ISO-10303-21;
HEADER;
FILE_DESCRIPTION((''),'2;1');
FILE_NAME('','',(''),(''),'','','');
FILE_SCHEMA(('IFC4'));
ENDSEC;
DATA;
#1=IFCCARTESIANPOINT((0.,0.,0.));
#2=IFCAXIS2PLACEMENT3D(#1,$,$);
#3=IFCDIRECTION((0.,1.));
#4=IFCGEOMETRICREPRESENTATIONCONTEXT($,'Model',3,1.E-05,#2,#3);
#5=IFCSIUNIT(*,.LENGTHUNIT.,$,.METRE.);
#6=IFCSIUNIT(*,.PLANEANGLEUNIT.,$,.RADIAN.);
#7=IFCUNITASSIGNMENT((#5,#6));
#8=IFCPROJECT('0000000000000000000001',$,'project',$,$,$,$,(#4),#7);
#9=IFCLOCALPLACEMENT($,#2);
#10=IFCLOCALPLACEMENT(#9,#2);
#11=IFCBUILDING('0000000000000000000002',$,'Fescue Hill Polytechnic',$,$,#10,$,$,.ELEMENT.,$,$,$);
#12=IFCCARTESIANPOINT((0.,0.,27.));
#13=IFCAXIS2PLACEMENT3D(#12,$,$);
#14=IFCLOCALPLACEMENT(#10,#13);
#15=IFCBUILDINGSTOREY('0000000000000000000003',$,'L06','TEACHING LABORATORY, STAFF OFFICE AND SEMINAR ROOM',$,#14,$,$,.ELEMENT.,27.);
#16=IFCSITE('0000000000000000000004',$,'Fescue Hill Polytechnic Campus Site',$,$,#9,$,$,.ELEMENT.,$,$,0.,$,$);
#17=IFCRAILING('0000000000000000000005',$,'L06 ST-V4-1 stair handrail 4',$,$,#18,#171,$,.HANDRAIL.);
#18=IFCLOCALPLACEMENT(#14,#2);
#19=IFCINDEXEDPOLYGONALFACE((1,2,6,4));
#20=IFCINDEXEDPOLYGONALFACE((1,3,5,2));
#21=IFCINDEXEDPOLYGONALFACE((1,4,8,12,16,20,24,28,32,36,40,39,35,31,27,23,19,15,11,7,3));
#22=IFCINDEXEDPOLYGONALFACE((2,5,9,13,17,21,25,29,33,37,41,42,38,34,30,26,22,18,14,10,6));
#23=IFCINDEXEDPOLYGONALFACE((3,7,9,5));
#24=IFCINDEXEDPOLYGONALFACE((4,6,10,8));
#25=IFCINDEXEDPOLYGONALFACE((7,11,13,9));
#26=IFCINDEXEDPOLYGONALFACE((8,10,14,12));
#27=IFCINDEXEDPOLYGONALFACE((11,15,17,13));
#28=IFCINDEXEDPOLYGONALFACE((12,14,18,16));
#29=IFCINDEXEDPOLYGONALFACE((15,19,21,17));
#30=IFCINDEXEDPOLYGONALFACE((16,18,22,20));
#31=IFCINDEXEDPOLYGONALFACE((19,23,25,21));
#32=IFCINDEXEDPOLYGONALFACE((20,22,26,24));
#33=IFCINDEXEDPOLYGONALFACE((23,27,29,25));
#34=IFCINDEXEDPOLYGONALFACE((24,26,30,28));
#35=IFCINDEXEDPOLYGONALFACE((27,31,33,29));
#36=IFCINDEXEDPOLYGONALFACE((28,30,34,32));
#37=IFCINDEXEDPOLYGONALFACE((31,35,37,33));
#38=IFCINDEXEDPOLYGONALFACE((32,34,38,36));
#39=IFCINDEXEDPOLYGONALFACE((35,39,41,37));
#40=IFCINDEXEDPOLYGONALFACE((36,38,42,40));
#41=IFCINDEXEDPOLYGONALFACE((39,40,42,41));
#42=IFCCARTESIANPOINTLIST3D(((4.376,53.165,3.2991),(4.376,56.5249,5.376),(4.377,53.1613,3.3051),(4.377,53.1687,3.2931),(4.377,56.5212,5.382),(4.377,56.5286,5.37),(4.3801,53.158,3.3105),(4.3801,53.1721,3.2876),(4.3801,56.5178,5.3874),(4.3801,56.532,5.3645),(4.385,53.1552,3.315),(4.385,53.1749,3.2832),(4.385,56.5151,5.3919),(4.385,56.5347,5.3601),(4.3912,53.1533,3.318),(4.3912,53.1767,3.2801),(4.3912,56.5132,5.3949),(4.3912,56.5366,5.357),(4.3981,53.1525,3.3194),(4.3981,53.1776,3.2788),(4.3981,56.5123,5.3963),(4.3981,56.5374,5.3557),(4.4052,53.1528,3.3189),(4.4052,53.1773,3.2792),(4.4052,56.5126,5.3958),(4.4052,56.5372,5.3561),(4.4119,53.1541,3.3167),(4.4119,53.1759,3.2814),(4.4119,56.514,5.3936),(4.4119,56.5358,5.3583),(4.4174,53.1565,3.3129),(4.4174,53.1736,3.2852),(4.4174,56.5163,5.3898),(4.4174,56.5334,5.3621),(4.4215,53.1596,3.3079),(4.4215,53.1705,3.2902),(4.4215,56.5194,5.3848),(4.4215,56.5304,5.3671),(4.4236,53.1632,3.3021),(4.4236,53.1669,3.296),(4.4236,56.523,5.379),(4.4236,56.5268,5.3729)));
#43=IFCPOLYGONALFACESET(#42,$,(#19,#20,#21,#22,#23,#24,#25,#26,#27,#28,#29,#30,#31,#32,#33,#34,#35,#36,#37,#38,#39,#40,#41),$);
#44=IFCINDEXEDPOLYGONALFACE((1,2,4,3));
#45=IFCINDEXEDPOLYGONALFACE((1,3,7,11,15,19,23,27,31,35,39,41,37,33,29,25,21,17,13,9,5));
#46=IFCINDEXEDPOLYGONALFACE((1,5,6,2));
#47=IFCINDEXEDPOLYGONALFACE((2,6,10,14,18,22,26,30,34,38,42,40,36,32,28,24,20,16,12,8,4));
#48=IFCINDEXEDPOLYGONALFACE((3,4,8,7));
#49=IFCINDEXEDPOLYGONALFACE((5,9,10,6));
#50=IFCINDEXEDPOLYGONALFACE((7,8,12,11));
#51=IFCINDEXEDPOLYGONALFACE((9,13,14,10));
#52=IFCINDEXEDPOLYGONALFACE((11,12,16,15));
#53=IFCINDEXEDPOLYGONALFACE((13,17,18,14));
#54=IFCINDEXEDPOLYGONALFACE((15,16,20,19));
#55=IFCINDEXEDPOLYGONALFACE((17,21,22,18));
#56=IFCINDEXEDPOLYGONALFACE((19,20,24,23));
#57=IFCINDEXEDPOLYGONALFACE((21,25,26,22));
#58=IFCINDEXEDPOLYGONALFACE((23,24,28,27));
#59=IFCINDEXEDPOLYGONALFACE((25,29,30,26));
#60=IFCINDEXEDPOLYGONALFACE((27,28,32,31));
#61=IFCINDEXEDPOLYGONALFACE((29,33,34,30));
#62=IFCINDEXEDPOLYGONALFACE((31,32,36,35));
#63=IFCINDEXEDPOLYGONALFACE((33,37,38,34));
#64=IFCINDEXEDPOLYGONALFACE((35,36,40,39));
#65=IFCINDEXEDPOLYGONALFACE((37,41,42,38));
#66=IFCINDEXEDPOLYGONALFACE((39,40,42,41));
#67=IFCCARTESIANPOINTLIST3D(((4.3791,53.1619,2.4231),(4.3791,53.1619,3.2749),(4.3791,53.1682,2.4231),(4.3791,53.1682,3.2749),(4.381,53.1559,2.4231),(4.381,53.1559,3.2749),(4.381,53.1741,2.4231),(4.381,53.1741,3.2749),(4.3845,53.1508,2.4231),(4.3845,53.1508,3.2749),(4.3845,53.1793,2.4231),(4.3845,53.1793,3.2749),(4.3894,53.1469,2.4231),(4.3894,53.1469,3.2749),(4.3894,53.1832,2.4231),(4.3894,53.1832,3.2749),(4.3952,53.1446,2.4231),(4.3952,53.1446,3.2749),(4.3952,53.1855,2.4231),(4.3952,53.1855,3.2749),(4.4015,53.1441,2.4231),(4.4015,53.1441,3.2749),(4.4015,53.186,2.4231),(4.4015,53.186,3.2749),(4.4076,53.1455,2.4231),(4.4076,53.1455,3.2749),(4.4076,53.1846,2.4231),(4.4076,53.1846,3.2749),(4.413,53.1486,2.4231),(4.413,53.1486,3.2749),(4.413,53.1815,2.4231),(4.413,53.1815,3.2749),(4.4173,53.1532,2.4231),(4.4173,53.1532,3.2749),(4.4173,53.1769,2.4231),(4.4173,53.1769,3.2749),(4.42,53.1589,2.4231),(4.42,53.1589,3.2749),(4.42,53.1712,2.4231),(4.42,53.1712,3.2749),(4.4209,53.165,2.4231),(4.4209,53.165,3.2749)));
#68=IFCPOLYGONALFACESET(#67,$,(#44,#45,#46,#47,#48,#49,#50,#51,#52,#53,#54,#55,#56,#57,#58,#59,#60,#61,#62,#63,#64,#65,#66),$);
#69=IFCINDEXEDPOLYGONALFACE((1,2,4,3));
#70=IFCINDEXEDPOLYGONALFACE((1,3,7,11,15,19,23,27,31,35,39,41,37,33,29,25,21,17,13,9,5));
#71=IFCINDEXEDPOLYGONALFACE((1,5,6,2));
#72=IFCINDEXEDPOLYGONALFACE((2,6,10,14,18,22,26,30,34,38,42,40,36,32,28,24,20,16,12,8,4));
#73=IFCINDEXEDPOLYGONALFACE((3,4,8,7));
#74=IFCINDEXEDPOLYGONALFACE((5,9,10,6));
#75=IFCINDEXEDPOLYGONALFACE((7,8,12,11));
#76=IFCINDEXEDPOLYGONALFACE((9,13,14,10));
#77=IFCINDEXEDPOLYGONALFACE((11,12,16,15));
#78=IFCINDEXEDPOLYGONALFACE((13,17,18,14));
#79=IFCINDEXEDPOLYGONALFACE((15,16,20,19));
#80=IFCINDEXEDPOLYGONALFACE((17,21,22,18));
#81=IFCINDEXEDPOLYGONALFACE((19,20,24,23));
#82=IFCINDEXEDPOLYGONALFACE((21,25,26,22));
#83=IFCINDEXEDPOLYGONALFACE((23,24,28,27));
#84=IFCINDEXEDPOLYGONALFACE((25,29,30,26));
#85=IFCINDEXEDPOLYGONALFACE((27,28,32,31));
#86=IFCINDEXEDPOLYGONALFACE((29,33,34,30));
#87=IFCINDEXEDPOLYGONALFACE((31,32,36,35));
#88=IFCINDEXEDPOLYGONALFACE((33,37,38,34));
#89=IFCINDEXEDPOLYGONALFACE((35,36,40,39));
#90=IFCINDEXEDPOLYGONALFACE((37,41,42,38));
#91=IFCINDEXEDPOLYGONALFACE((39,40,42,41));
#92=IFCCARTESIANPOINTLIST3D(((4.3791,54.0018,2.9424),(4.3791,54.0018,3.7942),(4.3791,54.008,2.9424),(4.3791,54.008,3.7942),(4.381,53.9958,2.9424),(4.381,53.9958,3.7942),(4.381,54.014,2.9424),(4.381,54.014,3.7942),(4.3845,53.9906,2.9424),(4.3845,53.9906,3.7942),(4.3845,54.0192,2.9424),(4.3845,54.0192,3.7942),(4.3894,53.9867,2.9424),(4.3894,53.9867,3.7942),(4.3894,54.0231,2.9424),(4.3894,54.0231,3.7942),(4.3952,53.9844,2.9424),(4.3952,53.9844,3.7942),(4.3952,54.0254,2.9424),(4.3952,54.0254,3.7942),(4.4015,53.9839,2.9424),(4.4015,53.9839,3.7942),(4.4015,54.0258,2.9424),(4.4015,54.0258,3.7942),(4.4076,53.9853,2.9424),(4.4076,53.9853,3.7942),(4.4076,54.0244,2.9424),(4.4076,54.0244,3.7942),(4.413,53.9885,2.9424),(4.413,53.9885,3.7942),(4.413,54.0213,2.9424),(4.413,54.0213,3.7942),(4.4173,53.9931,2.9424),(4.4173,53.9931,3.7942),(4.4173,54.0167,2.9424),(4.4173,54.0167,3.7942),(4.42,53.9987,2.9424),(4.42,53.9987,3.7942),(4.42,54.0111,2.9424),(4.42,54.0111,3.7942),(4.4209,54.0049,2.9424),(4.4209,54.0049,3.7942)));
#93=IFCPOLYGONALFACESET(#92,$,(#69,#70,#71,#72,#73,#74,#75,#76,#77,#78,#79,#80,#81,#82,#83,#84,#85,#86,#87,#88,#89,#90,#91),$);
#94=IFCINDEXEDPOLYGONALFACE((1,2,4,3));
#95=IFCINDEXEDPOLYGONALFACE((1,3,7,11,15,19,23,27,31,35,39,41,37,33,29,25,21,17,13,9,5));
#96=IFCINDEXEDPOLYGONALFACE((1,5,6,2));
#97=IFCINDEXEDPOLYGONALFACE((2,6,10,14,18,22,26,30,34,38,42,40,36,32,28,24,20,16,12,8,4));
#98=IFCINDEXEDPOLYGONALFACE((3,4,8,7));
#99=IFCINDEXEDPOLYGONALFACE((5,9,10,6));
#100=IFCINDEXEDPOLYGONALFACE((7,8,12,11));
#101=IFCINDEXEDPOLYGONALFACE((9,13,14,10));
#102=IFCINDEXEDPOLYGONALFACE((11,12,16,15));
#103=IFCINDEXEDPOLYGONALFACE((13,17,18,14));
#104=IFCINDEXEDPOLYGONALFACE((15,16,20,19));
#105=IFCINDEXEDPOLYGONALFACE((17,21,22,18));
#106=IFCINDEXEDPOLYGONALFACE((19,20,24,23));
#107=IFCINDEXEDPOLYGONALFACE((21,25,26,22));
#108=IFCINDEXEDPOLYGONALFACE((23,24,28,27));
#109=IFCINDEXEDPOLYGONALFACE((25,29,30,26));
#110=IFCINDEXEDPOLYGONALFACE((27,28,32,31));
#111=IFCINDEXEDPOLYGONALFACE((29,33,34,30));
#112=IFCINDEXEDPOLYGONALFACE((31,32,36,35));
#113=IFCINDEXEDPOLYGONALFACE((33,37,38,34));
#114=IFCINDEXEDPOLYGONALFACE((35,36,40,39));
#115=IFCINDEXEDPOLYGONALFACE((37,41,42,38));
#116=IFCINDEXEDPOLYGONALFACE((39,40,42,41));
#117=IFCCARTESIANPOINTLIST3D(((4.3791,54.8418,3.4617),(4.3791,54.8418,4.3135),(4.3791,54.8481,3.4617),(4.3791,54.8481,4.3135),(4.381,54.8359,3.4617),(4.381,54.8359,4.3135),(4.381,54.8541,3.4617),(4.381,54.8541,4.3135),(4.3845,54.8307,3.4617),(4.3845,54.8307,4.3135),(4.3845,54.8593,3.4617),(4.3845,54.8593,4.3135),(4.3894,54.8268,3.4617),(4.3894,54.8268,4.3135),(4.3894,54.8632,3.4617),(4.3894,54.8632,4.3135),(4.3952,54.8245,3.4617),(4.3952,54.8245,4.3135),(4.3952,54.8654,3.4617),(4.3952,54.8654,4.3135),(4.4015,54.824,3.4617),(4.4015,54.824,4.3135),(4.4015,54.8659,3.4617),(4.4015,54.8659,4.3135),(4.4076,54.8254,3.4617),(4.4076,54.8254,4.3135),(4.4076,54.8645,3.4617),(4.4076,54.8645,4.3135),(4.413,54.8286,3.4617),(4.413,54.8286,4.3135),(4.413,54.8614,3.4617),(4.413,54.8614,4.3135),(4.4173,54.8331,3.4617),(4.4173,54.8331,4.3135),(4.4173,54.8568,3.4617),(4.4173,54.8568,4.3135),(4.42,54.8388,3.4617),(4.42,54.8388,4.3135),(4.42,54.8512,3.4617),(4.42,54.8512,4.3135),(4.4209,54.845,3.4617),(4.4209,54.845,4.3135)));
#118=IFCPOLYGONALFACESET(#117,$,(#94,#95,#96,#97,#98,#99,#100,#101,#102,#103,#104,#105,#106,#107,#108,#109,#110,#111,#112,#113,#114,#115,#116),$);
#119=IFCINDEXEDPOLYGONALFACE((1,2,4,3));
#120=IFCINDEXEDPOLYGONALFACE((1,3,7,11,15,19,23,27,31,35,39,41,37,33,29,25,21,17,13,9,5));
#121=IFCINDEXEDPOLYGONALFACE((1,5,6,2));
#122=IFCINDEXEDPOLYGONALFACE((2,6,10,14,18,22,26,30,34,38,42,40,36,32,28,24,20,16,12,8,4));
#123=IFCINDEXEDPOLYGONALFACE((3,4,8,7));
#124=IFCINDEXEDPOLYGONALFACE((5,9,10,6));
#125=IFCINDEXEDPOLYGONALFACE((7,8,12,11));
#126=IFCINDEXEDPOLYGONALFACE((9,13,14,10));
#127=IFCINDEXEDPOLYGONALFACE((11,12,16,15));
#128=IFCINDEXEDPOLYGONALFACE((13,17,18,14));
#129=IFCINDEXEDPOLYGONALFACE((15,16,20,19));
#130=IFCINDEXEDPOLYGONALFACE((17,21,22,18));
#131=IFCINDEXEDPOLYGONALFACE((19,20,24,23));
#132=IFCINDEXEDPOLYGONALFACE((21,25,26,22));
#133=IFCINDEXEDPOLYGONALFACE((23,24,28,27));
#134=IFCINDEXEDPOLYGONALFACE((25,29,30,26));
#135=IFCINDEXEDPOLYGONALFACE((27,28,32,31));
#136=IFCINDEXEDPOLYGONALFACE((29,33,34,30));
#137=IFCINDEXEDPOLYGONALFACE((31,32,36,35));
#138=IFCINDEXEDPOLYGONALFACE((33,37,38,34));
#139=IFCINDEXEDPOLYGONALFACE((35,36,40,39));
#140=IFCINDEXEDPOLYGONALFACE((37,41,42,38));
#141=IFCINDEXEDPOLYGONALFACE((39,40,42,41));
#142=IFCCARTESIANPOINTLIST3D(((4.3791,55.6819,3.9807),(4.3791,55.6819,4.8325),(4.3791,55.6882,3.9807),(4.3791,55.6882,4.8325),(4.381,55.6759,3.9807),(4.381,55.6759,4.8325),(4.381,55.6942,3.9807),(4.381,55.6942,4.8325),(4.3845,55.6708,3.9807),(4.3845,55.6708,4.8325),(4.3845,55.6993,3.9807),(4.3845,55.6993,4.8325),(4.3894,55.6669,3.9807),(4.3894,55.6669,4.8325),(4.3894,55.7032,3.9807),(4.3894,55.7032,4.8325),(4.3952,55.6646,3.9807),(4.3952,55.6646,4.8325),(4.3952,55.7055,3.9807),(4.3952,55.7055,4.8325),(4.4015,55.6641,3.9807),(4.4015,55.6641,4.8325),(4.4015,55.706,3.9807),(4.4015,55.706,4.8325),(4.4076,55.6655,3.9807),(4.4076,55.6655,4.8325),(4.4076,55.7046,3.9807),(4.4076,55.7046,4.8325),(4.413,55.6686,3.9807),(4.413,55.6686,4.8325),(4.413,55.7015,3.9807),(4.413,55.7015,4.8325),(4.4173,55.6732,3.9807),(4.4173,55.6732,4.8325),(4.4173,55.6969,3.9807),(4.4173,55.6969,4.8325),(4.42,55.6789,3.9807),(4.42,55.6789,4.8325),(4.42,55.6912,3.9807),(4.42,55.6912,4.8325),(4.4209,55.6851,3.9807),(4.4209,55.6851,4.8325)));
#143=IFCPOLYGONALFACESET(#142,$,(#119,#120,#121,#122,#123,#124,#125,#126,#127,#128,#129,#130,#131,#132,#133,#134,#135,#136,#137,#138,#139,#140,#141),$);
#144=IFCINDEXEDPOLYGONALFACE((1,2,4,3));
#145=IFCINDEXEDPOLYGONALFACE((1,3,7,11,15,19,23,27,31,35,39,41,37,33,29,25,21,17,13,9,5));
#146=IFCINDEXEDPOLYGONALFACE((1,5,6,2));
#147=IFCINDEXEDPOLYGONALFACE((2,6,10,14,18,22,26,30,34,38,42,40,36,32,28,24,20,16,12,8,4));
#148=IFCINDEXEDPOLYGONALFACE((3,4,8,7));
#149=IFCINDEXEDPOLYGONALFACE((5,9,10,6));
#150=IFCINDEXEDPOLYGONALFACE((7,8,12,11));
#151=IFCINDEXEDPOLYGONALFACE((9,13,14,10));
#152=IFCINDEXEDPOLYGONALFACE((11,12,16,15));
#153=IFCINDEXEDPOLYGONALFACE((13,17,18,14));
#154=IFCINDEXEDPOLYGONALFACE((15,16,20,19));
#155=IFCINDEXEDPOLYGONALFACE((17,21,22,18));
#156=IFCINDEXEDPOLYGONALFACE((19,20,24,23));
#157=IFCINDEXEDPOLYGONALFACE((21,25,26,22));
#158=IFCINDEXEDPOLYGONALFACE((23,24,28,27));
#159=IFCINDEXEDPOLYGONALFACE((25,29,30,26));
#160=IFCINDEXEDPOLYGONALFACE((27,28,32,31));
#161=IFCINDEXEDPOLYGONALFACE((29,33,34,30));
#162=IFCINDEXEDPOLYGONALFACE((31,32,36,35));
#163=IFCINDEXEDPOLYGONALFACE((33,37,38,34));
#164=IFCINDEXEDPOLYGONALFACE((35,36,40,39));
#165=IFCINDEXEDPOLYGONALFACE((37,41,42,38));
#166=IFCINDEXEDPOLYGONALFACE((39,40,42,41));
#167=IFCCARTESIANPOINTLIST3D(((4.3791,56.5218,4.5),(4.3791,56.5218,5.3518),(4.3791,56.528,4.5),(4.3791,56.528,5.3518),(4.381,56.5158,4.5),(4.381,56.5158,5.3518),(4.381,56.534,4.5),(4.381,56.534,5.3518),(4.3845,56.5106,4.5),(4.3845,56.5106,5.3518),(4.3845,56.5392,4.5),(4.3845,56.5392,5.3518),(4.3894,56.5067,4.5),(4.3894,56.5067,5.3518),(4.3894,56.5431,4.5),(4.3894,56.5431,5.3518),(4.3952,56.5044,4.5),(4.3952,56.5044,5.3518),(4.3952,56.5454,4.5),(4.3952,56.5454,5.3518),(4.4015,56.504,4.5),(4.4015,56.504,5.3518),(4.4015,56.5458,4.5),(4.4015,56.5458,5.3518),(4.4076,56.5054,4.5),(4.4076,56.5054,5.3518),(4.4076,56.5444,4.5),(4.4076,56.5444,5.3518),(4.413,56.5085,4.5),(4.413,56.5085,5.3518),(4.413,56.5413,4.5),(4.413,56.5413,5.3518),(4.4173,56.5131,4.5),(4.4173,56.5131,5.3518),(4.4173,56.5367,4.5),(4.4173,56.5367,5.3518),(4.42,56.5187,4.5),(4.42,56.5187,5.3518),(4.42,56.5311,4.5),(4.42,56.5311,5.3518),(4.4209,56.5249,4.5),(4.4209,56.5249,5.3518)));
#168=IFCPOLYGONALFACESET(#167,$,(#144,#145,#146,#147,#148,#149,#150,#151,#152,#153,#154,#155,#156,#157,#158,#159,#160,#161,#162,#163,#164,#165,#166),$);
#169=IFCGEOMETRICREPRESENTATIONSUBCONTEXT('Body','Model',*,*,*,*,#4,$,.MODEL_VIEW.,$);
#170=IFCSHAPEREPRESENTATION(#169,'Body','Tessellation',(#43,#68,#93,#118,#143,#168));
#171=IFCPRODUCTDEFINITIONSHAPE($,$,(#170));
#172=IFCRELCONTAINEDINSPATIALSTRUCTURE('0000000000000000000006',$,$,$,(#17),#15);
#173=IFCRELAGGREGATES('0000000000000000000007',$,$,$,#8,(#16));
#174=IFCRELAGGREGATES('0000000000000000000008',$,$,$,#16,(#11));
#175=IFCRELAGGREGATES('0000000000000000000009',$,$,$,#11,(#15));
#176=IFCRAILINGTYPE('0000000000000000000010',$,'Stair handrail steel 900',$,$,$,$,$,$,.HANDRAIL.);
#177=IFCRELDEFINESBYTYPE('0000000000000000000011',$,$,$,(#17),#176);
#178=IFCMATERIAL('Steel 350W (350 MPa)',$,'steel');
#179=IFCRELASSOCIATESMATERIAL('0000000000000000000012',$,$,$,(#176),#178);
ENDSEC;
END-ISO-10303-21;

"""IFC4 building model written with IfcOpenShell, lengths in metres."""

from ifc_helpers import new_model, si_unit, direction, frame, origin, origin_2d, place, context, subcontext, project, spatial, circle, extrude, material, type_object, element, save


model = new_model("IFC4")

# Units and contexts
model_context = context("Model", 3, precision=1e-05, world=origin(), true_north=direction((0.0, 1.0)))
body_context = subcontext(model_context, "Body", "Model", "MODEL_VIEW")
ifc_project = project(units=[si_unit("LENGTHUNIT", "METRE"), si_unit("PLANEANGLEUNIT", "RADIAN")], contexts=[model_context])

# Site, building, storey
site_placement = place(None, origin())
site = spatial("IfcSite", under=ifc_project, at=site_placement, Name="Fescue Hill Polytechnic Campus Site", CompositionType="ELEMENT", RefElevation=0.0)
building_placement = place(site_placement, origin())
building = spatial("IfcBuilding", under=site, at=building_placement, Name="Fescue Hill Polytechnic", CompositionType="ELEMENT")
storey_placement = place(building_placement, frame((0.0, 0.0, 27.0)))
storey = spatial("IfcBuildingStorey", under=building, at=storey_placement, Name="L06", Description="TEACHING LABORATORY, STAFF OFFICE AND SEMINAR ROOM", CompositionType="ELEMENT", Elevation=27.0)

# Railing
ifc_material_1 = material(Name="Steel 350W (350 MPa)", Category="steel")
railing_type_1 = type_object("IfcRailingType", Name="Stair handrail steel 900", PredefinedType="HANDRAIL", material=ifc_material_1)
for number, where, name in (
    (1, (4.3999, 53.165, 2.4231), "L06 ST-V4-1 stair handrail 4"),
):
    element("IfcRailing", number, at=place(storey_placement, frame(where)), inside=storey, type_object=railing_type_1, Name=name, PredefinedType="HANDRAIL", context=body_context, shape_type="SweptSolid", body=[
        extrude(circle(Radius=0.0239, at=origin_2d()), frame((0.0, 0.0, 0.876), z_axis=(0.0, 0.850606, 0.525803), x_axis=(-1.0, 0.0, 0.0)), (0.0, 0.0, 1.0), 3.95),
        extrude(circle(Radius=0.021, at=origin_2d()), origin(), (0.0, 0.0, 1.0), 0.8518),
        extrude(circle(Radius=0.021, at=origin_2d()), frame((0.0, 0.8398, 0.5193)), (0.0, 0.0, 1.0), 0.8518),
        extrude(circle(Radius=0.021, at=origin_2d()), frame((0.0, 1.6799, 1.0386)), (0.0, 0.0, 1.0), 0.8518),
        extrude(circle(Radius=0.021, at=origin_2d()), frame((0.0, 2.52, 1.5576)), (0.0, 0.0, 1.0), 0.8518),
        extrude(circle(Radius=0.021, at=origin_2d()), frame((0.0, 3.3599, 2.0769)), (0.0, 0.0, 1.0), 0.8518),
    ])

save(model, "model.ifc")
